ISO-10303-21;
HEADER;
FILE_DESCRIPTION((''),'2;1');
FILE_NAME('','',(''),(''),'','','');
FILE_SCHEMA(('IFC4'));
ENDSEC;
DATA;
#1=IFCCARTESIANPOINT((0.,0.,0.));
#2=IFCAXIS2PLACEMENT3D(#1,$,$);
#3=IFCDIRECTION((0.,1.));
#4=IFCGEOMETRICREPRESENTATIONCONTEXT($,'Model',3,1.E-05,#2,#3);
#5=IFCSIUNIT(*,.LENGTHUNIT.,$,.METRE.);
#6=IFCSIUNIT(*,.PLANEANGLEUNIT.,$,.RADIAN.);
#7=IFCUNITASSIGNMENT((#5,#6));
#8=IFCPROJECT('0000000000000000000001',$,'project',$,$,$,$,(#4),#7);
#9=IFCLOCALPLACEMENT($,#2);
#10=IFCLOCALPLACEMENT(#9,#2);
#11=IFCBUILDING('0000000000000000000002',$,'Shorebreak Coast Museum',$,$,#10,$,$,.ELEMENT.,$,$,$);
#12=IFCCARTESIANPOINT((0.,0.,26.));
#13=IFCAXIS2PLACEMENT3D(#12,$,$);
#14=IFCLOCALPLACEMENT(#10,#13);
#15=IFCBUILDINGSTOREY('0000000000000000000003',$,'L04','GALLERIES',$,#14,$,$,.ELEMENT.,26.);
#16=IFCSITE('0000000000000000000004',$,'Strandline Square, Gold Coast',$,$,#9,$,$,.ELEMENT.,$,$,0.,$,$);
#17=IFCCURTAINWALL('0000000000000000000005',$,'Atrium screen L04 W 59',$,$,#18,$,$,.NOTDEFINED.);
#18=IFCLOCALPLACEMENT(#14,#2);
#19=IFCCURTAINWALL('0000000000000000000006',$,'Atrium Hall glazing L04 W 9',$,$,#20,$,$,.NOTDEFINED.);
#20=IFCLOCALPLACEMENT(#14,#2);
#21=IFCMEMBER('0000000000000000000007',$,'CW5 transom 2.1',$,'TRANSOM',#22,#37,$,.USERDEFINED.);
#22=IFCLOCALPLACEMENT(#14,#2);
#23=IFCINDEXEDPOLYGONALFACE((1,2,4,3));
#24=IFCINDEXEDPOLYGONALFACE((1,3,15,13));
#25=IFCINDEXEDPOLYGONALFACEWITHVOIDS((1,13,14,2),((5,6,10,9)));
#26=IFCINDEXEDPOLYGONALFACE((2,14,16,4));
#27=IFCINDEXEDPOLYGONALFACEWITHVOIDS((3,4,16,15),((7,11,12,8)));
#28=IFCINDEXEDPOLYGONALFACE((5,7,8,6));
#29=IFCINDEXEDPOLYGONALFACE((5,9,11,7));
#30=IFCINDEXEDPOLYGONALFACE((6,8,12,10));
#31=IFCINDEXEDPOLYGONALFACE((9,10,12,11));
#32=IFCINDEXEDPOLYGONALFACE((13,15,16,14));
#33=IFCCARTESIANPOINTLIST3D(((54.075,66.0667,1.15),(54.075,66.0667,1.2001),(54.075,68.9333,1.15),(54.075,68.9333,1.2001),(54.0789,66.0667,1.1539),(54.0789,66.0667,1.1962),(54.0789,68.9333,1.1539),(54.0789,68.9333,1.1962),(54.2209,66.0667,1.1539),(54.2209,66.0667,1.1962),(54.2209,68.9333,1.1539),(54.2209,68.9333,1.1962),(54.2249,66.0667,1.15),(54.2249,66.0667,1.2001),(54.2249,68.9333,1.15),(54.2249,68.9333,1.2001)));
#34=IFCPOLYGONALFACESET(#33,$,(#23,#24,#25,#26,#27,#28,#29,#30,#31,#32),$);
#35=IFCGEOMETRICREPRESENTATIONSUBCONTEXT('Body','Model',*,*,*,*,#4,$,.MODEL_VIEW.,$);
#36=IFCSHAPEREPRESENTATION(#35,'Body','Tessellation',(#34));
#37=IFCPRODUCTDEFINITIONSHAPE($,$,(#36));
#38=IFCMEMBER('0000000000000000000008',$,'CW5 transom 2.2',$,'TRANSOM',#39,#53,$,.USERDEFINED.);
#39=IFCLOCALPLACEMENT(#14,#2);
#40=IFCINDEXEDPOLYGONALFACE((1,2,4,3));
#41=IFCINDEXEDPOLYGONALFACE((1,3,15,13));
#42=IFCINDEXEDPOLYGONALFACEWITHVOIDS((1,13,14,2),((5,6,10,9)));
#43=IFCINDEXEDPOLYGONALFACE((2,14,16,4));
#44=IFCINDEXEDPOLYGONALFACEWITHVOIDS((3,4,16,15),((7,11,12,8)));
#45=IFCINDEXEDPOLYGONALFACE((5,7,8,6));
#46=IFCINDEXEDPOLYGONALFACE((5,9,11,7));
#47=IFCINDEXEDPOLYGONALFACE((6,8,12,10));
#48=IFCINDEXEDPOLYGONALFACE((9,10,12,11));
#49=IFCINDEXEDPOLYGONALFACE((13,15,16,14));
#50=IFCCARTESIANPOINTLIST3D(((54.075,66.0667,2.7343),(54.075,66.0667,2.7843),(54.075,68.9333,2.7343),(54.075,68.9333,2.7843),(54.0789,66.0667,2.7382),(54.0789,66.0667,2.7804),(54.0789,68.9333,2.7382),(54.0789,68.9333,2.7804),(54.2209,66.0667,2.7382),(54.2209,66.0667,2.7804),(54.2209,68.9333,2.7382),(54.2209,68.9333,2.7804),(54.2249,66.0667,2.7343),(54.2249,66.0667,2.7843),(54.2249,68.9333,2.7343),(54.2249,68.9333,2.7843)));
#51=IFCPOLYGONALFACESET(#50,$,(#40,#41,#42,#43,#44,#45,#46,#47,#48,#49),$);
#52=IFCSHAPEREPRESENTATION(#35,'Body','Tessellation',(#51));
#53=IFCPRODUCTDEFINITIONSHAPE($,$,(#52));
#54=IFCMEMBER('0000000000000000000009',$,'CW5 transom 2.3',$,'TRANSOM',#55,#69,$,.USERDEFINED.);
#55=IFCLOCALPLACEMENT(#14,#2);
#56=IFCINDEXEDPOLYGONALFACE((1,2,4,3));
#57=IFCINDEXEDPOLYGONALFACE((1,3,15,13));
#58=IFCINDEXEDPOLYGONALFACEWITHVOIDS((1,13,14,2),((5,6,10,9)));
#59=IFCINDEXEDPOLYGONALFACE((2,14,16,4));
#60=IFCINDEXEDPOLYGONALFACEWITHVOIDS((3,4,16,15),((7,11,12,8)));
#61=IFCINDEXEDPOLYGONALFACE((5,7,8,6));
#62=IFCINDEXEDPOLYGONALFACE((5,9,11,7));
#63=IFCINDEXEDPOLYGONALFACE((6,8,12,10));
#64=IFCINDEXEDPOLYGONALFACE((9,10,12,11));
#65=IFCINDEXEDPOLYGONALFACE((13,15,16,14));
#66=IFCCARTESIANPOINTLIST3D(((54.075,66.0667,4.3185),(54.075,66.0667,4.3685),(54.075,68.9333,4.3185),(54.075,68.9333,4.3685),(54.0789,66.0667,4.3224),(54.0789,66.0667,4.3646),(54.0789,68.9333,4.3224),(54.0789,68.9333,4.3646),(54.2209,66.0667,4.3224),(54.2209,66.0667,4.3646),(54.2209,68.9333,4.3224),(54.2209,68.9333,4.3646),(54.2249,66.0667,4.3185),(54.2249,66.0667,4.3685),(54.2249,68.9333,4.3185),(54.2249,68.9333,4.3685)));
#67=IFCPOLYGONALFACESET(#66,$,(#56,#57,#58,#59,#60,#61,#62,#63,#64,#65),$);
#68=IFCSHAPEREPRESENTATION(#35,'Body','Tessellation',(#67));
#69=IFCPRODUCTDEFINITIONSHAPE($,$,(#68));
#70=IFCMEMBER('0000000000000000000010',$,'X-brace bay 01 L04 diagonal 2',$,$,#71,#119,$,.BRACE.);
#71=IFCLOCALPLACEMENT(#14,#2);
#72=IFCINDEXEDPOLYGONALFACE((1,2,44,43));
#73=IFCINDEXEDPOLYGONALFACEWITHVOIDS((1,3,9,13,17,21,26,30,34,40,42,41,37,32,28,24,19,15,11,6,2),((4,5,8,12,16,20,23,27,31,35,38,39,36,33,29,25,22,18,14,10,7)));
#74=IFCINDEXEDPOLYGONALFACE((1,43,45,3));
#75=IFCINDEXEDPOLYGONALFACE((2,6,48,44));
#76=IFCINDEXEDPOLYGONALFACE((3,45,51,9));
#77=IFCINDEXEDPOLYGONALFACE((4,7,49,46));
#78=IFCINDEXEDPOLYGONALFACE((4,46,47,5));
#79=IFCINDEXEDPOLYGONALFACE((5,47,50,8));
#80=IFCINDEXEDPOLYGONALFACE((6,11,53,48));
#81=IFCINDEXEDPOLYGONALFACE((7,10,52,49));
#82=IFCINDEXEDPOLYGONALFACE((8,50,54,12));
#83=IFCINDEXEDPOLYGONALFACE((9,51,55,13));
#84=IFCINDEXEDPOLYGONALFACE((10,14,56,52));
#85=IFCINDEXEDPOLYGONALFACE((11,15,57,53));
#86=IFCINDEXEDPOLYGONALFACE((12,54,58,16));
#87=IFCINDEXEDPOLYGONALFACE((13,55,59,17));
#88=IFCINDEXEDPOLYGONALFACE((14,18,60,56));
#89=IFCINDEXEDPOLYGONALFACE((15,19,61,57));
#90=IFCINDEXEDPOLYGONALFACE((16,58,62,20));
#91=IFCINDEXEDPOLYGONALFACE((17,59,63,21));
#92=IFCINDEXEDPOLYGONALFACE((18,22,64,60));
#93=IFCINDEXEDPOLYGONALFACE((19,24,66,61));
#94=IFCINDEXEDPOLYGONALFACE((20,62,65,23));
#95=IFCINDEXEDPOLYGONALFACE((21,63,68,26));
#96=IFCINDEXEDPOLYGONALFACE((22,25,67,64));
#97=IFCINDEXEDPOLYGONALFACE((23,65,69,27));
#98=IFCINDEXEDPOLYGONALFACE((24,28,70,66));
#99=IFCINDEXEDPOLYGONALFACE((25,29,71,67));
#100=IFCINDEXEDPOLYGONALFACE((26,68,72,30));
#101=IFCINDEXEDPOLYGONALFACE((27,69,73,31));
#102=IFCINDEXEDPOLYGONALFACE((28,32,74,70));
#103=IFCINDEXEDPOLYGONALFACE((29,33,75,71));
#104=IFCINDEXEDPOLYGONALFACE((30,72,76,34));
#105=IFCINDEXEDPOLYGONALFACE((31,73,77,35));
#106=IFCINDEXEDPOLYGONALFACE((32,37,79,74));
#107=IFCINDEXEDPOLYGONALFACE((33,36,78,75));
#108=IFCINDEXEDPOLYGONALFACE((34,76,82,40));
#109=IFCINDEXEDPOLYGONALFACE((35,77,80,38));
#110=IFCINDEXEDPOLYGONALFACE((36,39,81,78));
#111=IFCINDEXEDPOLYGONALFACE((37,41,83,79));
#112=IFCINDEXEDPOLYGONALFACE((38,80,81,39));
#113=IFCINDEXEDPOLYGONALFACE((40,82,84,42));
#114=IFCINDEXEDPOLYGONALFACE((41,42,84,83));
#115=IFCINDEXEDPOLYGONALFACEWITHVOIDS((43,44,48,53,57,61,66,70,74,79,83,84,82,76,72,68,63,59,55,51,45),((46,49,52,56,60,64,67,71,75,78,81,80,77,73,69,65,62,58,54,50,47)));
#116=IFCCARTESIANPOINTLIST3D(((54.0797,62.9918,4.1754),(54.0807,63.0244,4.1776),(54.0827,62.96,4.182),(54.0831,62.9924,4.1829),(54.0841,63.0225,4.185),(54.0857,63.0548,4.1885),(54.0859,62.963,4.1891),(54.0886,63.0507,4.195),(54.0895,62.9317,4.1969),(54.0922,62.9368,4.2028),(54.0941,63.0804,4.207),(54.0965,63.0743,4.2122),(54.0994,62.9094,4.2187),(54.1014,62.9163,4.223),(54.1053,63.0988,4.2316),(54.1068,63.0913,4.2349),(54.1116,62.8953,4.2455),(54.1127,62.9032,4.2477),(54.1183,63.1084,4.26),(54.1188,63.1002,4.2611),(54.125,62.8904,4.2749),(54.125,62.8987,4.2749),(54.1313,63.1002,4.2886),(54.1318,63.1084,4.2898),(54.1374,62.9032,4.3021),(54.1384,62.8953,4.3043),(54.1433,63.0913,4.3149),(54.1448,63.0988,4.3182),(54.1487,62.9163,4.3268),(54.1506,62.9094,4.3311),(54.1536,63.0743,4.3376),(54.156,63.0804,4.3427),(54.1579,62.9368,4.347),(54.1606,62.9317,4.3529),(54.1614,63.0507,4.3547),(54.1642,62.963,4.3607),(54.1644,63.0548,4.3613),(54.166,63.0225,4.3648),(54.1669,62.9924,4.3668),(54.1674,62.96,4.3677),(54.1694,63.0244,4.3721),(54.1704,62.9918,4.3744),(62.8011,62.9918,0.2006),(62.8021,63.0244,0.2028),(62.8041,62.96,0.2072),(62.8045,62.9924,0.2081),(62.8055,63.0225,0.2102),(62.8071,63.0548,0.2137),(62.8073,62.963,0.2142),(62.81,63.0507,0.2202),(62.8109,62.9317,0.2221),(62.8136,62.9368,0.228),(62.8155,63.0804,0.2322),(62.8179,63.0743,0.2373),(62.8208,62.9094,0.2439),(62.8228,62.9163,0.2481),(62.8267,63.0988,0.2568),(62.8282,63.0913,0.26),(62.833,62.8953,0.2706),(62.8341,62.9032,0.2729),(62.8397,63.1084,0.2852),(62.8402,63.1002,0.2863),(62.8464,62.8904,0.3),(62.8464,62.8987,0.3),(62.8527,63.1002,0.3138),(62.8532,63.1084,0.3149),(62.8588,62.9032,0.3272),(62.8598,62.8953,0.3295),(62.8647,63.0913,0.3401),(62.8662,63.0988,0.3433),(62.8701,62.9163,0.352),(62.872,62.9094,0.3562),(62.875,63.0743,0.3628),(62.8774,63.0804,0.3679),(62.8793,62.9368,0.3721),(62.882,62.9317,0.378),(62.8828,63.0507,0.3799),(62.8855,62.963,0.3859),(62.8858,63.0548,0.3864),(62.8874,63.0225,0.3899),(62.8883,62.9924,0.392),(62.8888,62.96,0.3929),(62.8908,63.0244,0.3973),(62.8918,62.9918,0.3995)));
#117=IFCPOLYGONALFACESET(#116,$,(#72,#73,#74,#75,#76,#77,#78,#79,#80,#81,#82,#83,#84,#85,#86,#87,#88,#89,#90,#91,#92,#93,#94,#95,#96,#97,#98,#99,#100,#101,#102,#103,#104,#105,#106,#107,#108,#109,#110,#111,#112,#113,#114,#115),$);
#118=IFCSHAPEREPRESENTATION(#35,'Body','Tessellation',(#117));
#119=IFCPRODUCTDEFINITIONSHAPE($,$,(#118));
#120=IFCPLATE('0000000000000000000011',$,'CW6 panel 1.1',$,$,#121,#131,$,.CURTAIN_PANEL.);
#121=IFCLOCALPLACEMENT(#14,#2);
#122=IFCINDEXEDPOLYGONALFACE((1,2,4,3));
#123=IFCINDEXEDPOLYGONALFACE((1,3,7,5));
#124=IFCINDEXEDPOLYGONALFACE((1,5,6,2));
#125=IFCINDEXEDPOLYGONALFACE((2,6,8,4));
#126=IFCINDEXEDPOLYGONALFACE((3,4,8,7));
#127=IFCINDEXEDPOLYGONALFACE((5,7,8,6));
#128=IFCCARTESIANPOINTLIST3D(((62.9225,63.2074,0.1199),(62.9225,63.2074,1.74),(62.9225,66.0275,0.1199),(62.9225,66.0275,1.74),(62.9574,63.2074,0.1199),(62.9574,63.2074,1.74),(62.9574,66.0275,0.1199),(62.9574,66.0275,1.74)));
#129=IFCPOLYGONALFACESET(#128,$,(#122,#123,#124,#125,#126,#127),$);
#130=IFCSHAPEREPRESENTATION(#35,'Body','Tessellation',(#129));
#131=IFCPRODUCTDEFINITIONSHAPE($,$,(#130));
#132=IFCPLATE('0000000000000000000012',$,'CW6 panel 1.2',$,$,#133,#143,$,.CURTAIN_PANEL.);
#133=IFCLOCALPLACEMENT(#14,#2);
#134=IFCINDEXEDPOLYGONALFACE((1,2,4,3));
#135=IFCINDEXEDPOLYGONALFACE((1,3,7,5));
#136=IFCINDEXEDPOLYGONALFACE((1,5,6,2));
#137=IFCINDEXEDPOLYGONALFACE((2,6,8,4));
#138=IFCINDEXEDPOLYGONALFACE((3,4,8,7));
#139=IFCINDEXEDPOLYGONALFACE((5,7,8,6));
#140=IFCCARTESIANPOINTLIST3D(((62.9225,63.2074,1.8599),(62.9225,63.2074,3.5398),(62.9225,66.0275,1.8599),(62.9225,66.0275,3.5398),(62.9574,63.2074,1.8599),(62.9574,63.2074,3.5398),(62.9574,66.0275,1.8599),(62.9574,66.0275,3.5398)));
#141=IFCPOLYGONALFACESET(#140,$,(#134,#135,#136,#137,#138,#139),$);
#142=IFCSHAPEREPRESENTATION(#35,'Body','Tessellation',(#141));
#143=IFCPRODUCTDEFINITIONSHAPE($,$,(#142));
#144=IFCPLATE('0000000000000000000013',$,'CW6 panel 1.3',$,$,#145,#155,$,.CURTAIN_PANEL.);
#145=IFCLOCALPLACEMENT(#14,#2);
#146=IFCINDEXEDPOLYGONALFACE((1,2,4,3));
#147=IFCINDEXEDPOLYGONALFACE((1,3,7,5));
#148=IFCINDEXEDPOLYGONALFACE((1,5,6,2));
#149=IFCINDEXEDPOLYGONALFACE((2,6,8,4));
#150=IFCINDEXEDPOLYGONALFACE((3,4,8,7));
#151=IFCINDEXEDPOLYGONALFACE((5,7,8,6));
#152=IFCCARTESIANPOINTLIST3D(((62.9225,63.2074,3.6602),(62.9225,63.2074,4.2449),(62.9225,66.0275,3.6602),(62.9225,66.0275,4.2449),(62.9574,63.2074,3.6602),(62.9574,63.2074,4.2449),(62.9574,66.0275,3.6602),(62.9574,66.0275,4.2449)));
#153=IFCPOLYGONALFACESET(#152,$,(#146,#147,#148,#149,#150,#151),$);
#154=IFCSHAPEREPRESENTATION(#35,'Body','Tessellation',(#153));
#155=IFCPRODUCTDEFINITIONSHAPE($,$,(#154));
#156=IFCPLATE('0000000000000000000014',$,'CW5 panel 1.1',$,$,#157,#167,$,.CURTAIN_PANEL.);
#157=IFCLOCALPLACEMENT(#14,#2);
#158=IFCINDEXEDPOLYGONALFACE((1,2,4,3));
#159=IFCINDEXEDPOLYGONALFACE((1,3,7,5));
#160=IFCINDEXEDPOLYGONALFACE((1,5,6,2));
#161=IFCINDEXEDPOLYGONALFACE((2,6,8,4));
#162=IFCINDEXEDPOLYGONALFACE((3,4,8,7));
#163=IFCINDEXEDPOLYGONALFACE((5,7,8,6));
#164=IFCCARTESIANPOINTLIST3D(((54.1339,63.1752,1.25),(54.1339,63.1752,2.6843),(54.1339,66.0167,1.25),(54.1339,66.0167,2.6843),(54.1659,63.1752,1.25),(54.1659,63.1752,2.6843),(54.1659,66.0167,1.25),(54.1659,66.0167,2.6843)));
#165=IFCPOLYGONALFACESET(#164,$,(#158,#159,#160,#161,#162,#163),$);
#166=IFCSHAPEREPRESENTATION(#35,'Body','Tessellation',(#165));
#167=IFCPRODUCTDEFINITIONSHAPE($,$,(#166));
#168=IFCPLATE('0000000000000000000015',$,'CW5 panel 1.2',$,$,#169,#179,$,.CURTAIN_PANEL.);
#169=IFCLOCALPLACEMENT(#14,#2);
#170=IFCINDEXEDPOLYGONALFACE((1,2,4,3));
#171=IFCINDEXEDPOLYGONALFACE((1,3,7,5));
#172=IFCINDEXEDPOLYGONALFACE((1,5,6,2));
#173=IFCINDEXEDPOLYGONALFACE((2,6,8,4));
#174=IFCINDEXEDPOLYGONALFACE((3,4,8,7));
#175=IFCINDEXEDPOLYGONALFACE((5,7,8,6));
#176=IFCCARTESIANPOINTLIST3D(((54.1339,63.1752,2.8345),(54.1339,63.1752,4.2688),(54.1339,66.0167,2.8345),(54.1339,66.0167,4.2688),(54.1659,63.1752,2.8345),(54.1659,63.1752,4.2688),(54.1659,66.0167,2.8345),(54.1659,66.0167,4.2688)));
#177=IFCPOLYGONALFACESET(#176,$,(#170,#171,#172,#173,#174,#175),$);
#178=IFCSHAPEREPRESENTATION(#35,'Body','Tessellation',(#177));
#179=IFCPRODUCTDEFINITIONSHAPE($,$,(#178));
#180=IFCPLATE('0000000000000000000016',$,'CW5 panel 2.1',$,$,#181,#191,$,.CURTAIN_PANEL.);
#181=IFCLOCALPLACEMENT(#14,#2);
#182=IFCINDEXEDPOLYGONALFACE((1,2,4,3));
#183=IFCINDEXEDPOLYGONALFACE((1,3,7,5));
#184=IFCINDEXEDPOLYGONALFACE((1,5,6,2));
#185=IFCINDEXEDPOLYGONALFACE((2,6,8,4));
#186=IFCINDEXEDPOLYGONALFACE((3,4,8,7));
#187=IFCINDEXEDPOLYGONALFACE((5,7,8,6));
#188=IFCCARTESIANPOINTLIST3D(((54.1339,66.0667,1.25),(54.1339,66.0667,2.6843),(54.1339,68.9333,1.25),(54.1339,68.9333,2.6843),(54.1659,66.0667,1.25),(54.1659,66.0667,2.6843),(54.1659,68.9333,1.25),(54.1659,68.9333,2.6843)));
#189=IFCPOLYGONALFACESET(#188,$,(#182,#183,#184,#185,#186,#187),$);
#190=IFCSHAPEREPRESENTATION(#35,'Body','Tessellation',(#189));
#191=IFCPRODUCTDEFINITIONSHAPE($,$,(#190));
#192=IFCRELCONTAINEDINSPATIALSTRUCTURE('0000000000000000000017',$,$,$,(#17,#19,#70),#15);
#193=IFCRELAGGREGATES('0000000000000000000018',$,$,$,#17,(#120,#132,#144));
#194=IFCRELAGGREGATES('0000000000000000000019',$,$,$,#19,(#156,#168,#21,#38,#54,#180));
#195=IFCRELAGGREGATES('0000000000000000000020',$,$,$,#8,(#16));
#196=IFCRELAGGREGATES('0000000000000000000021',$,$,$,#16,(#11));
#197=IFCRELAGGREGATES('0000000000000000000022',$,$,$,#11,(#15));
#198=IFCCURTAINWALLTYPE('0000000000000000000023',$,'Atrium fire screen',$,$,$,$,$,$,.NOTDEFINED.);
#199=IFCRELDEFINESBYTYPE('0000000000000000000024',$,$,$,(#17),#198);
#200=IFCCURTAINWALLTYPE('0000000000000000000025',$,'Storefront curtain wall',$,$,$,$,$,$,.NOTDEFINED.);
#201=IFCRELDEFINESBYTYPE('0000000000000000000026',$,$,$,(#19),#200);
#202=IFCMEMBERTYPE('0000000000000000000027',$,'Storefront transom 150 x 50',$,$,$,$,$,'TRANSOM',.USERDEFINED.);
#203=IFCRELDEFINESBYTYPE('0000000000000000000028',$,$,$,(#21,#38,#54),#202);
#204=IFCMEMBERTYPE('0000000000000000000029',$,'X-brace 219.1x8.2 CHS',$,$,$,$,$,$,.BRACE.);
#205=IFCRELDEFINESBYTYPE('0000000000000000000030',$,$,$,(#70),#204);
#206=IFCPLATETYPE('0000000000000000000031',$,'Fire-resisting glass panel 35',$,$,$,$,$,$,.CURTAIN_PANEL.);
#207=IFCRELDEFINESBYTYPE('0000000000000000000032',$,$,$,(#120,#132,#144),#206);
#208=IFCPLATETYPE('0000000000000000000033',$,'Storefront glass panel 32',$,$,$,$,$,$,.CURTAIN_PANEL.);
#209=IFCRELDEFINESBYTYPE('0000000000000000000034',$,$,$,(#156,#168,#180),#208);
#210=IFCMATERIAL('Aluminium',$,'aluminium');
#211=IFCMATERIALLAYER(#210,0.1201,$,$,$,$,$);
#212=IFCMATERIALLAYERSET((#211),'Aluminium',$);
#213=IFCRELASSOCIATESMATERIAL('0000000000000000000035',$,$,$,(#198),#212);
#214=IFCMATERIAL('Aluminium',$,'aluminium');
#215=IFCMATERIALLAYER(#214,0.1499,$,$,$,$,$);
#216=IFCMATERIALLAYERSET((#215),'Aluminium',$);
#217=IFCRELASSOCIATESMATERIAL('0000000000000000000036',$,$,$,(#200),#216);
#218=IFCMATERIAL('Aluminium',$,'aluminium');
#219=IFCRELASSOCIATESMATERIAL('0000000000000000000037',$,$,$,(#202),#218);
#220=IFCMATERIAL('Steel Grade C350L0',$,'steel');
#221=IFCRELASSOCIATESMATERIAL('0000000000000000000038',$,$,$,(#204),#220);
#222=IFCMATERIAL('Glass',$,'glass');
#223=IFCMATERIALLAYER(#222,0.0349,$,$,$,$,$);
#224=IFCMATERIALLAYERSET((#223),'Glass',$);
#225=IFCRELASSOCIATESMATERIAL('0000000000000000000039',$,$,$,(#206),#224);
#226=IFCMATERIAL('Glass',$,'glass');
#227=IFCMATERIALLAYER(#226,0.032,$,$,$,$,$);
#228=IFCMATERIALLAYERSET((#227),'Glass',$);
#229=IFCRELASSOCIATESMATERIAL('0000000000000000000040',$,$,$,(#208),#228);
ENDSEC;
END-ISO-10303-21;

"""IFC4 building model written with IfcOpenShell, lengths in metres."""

from ifc_helpers import new_model, si_unit, direction, frame, origin, origin_2d, place, context, subcontext, project, spatial, rectangle, hollow_rectangle, hollow_circle, extrude, material, layer, layer_set, material_profile, profile_set, type_object, element, aggregate, save


model = new_model("IFC4")

# Units and contexts
model_context = context("Model", 3, precision=1e-05, world=origin(), true_north=direction((0.0, 1.0)))
body_context = subcontext(model_context, "Body", "Model", "MODEL_VIEW")
ifc_project = project(units=[si_unit("LENGTHUNIT", "METRE"), si_unit("PLANEANGLEUNIT", "RADIAN")], contexts=[model_context])

# Site, building, storey
site_placement = place(None, origin())
site = spatial("IfcSite", under=ifc_project, at=site_placement, Name="Strandline Square, Gold Coast", CompositionType="ELEMENT", RefElevation=0.0)
building_placement = place(site_placement, origin())
building = spatial("IfcBuilding", under=site, at=building_placement, Name="Shorebreak Coast Museum", CompositionType="ELEMENT")
storey_placement = place(building_placement, frame((0.0, 0.0, 26.0)))
storey = spatial("IfcBuildingStorey", under=building, at=storey_placement, Name="L04", Description="GALLERIES", CompositionType="ELEMENT", Elevation=26.0)

# Curtain walls, members
ifc_material_1 = material(Name="Aluminium", Category="aluminium")
ifc_layer_1 = layer(ifc_material_1, 0.1201)
ifc_layer_set_1 = layer_set([ifc_layer_1], Name="Aluminium")
curtain_wall_type_1 = type_object("IfcCurtainWallType", Name="Atrium fire screen", PredefinedType="NOTDEFINED", material=ifc_layer_set_1)
curtain_wall_1_placement = place(storey_placement, origin())
curtain_wall_1 = element("IfcCurtainWall", 1, at=curtain_wall_1_placement, inside=storey, type_object=curtain_wall_type_1, Name="Atrium screen L04 W 59", PredefinedType="NOTDEFINED")
ifc_material_2 = material(Name="Aluminium", Category="aluminium")
ifc_layer_2 = layer(ifc_material_2, 0.1499)
ifc_layer_set_2 = layer_set([ifc_layer_2], Name="Aluminium")
curtain_wall_type_2 = type_object("IfcCurtainWallType", Name="Storefront curtain wall", PredefinedType="NOTDEFINED", material=ifc_layer_set_2)
curtain_wall_2_placement = place(storey_placement, origin())
curtain_wall_2 = element("IfcCurtainWall", 2, at=curtain_wall_2_placement, inside=storey, type_object=curtain_wall_type_2, Name="Atrium Hall glazing L04 W 9", PredefinedType="NOTDEFINED")
ifc_material_3 = material(Name="Aluminium", Category="aluminium")
ifc_material_profile_1 = material_profile(ifc_material_3, hollow_rectangle(XDim=0.1499, YDim=0.05, WallThickness=0.0039, at=origin_2d()), Name="AL 50x150 RHS")
ifc_profile_set_1 = profile_set([ifc_material_profile_1], Name="Aluminium")
member_type_1 = type_object("IfcMemberType", Name="Storefront transom 150 x 50", ElementType="TRANSOM", PredefinedType="USERDEFINED", material=ifc_profile_set_1)
member_1_placement = place(storey_placement, frame((54.1499, 66.0667, 1.175), z_axis=(0.0, 1.0, 0.0), x_axis=(-1.0, 0.0, 0.0)))
member_1 = element("IfcMember", 3, at=member_1_placement, type_object=member_type_1, Name="CW5 transom 2.1", ObjectType="TRANSOM", PredefinedType="USERDEFINED", context=body_context, shape_type="SweptSolid", body=[
    extrude(hollow_rectangle(XDim=0.1499, YDim=0.05, WallThickness=0.0039, at=origin_2d()), origin(), (0.0, 0.0, 1.0), 2.8667),
])
member_2_placement = place(storey_placement, frame((54.1499, 66.0667, 2.7593), z_axis=(0.0, 1.0, 0.0), x_axis=(-1.0, 0.0, 0.0)))
member_2 = element("IfcMember", 4, at=member_2_placement, type_object=member_type_1, Name="CW5 transom 2.2", ObjectType="TRANSOM", PredefinedType="USERDEFINED", context=body_context, shape_type="SweptSolid", body=[
    extrude(hollow_rectangle(XDim=0.1499, YDim=0.05, WallThickness=0.0039, at=origin_2d()), origin(), (0.0, 0.0, 1.0), 2.8667),
])
member_3_placement = place(storey_placement, frame((54.1499, 66.0667, 4.3435), z_axis=(0.0, 1.0, 0.0), x_axis=(-1.0, 0.0, 0.0)))
member_3 = element("IfcMember", 5, at=member_3_placement, type_object=member_type_1, Name="CW5 transom 2.3", ObjectType="TRANSOM", PredefinedType="USERDEFINED", context=body_context, shape_type="SweptSolid", body=[
    extrude(hollow_rectangle(XDim=0.1499, YDim=0.05, WallThickness=0.0039, at=origin_2d()), origin(), (0.0, 0.0, 1.0), 2.8667),
])

# Member
ifc_material_4 = material(Name="Steel Grade C350L0", Category="steel")
ifc_material_profile_2 = material_profile(ifc_material_4, hollow_circle(Radius=0.1096, WallThickness=0.0083, at=origin_2d()), Name="219.1x8.2 CHS")
ifc_profile_set_2 = profile_set([ifc_material_profile_2], Name="Steel Grade C350L0")
member_type_2 = type_object("IfcMemberType", Name="X-brace 219.1x8.2 CHS", PredefinedType="BRACE", material=ifc_profile_set_2)
member_4_placement = place(storey_placement, frame((62.8464, 63.0, 0.3), z_axis=(-0.909951, 0.0, 0.414716), x_axis=(0.0, -1.0, 0.0)))
element("IfcMember", 6, at=member_4_placement, inside=storey, type_object=member_type_2, Name="X-brace bay 01 L04 diagonal 2", PredefinedType="BRACE", context=body_context, shape_type="SweptSolid", body=[
    extrude(hollow_circle(Radius=0.1096, WallThickness=0.0083, at=origin_2d()), origin(), (0.0, 0.0, 1.0), 9.5845),
])

# Plates
ifc_material_5 = material(Name="Glass", Category="glass")
ifc_layer_3 = layer(ifc_material_5, 0.0349)
ifc_layer_set_3 = layer_set([ifc_layer_3], Name="Glass")
plate_type_1 = type_object("IfcPlateType", Name="Fire-resisting glass panel 35", PredefinedType="CURTAIN_PANEL", material=ifc_layer_set_3)
plate_1_placement = place(storey_placement, frame((62.9399, 64.6174, 0.1199), z_axis=(0.0, 0.0, 1.0), x_axis=(0.0, 1.0, 0.0)))
plate_1 = element("IfcPlate", 7, at=plate_1_placement, type_object=plate_type_1, Name="CW6 panel 1.1", PredefinedType="CURTAIN_PANEL", context=body_context, shape_type="SweptSolid", body=[
    extrude(rectangle(XDim=2.8201, YDim=0.0349, at=origin_2d()), origin(), (0.0, 0.0, 1.0), 1.6201),
])
plate_2_placement = place(storey_placement, frame((62.9399, 64.6174, 1.8599), z_axis=(0.0, 0.0, 1.0), x_axis=(0.0, 1.0, 0.0)))
plate_2 = element("IfcPlate", 8, at=plate_2_placement, type_object=plate_type_1, Name="CW6 panel 1.2", PredefinedType="CURTAIN_PANEL", context=body_context, shape_type="SweptSolid", body=[
    extrude(rectangle(XDim=2.8201, YDim=0.0349, at=origin_2d()), origin(), (0.0, 0.0, 1.0), 1.6799),
])
plate_3_placement = place(storey_placement, frame((62.9399, 64.6174, 3.6602), z_axis=(0.0, 0.0, 1.0), x_axis=(0.0, 1.0, 0.0)))
plate_3 = element("IfcPlate", 9, at=plate_3_placement, type_object=plate_type_1, Name="CW6 panel 1.3", PredefinedType="CURTAIN_PANEL", context=body_context, shape_type="SweptSolid", body=[
    extrude(rectangle(XDim=2.8201, YDim=0.0349, at=origin_2d()), origin(), (0.0, 0.0, 1.0), 0.5847),
])
aggregate(curtain_wall_1, [plate_1, plate_2, plate_3])
ifc_material_6 = material(Name="Glass", Category="glass")
ifc_layer_4 = layer(ifc_material_6, 0.032)
ifc_layer_set_4 = layer_set([ifc_layer_4], Name="Glass")
plate_type_2 = type_object("IfcPlateType", Name="Storefront glass panel 32", PredefinedType="CURTAIN_PANEL", material=ifc_layer_set_4)
plate_4_placement = place(storey_placement, frame((54.1499, 64.5959, 1.25), z_axis=(0.0, 0.0, 1.0), x_axis=(0.0, 1.0, 0.0)))
plate_4 = element("IfcPlate", 10, at=plate_4_placement, type_object=plate_type_2, Name="CW5 panel 1.1", PredefinedType="CURTAIN_PANEL", context=body_context, shape_type="SweptSolid", body=[
    extrude(rectangle(XDim=2.8416, YDim=0.032, at=origin_2d()), origin(), (0.0, 0.0, 1.0), 1.4343),
])
plate_5_placement = place(storey_placement, frame((54.1499, 64.5959, 2.8345), z_axis=(0.0, 0.0, 1.0), x_axis=(0.0, 1.0, 0.0)))
plate_5 = element("IfcPlate", 11, at=plate_5_placement, type_object=plate_type_2, Name="CW5 panel 1.2", PredefinedType="CURTAIN_PANEL", context=body_context, shape_type="SweptSolid", body=[
    extrude(rectangle(XDim=2.8416, YDim=0.032, at=origin_2d()), origin(), (0.0, 0.0, 1.0), 1.4343),
])
plate_6_placement = place(storey_placement, frame((54.1499, 67.5, 1.25), z_axis=(0.0, 0.0, 1.0), x_axis=(0.0, 1.0, 0.0)))
plate_6 = element("IfcPlate", 12, at=plate_6_placement, type_object=plate_type_2, Name="CW5 panel 2.1", PredefinedType="CURTAIN_PANEL", context=body_context, shape_type="SweptSolid", body=[
    extrude(rectangle(XDim=2.8667, YDim=0.032, at=origin_2d()), origin(), (0.0, 0.0, 1.0), 1.4343),
])
aggregate(curtain_wall_2, [plate_4, plate_5, member_1, member_2, member_3, plate_6])

save(model, "model.ifc")
